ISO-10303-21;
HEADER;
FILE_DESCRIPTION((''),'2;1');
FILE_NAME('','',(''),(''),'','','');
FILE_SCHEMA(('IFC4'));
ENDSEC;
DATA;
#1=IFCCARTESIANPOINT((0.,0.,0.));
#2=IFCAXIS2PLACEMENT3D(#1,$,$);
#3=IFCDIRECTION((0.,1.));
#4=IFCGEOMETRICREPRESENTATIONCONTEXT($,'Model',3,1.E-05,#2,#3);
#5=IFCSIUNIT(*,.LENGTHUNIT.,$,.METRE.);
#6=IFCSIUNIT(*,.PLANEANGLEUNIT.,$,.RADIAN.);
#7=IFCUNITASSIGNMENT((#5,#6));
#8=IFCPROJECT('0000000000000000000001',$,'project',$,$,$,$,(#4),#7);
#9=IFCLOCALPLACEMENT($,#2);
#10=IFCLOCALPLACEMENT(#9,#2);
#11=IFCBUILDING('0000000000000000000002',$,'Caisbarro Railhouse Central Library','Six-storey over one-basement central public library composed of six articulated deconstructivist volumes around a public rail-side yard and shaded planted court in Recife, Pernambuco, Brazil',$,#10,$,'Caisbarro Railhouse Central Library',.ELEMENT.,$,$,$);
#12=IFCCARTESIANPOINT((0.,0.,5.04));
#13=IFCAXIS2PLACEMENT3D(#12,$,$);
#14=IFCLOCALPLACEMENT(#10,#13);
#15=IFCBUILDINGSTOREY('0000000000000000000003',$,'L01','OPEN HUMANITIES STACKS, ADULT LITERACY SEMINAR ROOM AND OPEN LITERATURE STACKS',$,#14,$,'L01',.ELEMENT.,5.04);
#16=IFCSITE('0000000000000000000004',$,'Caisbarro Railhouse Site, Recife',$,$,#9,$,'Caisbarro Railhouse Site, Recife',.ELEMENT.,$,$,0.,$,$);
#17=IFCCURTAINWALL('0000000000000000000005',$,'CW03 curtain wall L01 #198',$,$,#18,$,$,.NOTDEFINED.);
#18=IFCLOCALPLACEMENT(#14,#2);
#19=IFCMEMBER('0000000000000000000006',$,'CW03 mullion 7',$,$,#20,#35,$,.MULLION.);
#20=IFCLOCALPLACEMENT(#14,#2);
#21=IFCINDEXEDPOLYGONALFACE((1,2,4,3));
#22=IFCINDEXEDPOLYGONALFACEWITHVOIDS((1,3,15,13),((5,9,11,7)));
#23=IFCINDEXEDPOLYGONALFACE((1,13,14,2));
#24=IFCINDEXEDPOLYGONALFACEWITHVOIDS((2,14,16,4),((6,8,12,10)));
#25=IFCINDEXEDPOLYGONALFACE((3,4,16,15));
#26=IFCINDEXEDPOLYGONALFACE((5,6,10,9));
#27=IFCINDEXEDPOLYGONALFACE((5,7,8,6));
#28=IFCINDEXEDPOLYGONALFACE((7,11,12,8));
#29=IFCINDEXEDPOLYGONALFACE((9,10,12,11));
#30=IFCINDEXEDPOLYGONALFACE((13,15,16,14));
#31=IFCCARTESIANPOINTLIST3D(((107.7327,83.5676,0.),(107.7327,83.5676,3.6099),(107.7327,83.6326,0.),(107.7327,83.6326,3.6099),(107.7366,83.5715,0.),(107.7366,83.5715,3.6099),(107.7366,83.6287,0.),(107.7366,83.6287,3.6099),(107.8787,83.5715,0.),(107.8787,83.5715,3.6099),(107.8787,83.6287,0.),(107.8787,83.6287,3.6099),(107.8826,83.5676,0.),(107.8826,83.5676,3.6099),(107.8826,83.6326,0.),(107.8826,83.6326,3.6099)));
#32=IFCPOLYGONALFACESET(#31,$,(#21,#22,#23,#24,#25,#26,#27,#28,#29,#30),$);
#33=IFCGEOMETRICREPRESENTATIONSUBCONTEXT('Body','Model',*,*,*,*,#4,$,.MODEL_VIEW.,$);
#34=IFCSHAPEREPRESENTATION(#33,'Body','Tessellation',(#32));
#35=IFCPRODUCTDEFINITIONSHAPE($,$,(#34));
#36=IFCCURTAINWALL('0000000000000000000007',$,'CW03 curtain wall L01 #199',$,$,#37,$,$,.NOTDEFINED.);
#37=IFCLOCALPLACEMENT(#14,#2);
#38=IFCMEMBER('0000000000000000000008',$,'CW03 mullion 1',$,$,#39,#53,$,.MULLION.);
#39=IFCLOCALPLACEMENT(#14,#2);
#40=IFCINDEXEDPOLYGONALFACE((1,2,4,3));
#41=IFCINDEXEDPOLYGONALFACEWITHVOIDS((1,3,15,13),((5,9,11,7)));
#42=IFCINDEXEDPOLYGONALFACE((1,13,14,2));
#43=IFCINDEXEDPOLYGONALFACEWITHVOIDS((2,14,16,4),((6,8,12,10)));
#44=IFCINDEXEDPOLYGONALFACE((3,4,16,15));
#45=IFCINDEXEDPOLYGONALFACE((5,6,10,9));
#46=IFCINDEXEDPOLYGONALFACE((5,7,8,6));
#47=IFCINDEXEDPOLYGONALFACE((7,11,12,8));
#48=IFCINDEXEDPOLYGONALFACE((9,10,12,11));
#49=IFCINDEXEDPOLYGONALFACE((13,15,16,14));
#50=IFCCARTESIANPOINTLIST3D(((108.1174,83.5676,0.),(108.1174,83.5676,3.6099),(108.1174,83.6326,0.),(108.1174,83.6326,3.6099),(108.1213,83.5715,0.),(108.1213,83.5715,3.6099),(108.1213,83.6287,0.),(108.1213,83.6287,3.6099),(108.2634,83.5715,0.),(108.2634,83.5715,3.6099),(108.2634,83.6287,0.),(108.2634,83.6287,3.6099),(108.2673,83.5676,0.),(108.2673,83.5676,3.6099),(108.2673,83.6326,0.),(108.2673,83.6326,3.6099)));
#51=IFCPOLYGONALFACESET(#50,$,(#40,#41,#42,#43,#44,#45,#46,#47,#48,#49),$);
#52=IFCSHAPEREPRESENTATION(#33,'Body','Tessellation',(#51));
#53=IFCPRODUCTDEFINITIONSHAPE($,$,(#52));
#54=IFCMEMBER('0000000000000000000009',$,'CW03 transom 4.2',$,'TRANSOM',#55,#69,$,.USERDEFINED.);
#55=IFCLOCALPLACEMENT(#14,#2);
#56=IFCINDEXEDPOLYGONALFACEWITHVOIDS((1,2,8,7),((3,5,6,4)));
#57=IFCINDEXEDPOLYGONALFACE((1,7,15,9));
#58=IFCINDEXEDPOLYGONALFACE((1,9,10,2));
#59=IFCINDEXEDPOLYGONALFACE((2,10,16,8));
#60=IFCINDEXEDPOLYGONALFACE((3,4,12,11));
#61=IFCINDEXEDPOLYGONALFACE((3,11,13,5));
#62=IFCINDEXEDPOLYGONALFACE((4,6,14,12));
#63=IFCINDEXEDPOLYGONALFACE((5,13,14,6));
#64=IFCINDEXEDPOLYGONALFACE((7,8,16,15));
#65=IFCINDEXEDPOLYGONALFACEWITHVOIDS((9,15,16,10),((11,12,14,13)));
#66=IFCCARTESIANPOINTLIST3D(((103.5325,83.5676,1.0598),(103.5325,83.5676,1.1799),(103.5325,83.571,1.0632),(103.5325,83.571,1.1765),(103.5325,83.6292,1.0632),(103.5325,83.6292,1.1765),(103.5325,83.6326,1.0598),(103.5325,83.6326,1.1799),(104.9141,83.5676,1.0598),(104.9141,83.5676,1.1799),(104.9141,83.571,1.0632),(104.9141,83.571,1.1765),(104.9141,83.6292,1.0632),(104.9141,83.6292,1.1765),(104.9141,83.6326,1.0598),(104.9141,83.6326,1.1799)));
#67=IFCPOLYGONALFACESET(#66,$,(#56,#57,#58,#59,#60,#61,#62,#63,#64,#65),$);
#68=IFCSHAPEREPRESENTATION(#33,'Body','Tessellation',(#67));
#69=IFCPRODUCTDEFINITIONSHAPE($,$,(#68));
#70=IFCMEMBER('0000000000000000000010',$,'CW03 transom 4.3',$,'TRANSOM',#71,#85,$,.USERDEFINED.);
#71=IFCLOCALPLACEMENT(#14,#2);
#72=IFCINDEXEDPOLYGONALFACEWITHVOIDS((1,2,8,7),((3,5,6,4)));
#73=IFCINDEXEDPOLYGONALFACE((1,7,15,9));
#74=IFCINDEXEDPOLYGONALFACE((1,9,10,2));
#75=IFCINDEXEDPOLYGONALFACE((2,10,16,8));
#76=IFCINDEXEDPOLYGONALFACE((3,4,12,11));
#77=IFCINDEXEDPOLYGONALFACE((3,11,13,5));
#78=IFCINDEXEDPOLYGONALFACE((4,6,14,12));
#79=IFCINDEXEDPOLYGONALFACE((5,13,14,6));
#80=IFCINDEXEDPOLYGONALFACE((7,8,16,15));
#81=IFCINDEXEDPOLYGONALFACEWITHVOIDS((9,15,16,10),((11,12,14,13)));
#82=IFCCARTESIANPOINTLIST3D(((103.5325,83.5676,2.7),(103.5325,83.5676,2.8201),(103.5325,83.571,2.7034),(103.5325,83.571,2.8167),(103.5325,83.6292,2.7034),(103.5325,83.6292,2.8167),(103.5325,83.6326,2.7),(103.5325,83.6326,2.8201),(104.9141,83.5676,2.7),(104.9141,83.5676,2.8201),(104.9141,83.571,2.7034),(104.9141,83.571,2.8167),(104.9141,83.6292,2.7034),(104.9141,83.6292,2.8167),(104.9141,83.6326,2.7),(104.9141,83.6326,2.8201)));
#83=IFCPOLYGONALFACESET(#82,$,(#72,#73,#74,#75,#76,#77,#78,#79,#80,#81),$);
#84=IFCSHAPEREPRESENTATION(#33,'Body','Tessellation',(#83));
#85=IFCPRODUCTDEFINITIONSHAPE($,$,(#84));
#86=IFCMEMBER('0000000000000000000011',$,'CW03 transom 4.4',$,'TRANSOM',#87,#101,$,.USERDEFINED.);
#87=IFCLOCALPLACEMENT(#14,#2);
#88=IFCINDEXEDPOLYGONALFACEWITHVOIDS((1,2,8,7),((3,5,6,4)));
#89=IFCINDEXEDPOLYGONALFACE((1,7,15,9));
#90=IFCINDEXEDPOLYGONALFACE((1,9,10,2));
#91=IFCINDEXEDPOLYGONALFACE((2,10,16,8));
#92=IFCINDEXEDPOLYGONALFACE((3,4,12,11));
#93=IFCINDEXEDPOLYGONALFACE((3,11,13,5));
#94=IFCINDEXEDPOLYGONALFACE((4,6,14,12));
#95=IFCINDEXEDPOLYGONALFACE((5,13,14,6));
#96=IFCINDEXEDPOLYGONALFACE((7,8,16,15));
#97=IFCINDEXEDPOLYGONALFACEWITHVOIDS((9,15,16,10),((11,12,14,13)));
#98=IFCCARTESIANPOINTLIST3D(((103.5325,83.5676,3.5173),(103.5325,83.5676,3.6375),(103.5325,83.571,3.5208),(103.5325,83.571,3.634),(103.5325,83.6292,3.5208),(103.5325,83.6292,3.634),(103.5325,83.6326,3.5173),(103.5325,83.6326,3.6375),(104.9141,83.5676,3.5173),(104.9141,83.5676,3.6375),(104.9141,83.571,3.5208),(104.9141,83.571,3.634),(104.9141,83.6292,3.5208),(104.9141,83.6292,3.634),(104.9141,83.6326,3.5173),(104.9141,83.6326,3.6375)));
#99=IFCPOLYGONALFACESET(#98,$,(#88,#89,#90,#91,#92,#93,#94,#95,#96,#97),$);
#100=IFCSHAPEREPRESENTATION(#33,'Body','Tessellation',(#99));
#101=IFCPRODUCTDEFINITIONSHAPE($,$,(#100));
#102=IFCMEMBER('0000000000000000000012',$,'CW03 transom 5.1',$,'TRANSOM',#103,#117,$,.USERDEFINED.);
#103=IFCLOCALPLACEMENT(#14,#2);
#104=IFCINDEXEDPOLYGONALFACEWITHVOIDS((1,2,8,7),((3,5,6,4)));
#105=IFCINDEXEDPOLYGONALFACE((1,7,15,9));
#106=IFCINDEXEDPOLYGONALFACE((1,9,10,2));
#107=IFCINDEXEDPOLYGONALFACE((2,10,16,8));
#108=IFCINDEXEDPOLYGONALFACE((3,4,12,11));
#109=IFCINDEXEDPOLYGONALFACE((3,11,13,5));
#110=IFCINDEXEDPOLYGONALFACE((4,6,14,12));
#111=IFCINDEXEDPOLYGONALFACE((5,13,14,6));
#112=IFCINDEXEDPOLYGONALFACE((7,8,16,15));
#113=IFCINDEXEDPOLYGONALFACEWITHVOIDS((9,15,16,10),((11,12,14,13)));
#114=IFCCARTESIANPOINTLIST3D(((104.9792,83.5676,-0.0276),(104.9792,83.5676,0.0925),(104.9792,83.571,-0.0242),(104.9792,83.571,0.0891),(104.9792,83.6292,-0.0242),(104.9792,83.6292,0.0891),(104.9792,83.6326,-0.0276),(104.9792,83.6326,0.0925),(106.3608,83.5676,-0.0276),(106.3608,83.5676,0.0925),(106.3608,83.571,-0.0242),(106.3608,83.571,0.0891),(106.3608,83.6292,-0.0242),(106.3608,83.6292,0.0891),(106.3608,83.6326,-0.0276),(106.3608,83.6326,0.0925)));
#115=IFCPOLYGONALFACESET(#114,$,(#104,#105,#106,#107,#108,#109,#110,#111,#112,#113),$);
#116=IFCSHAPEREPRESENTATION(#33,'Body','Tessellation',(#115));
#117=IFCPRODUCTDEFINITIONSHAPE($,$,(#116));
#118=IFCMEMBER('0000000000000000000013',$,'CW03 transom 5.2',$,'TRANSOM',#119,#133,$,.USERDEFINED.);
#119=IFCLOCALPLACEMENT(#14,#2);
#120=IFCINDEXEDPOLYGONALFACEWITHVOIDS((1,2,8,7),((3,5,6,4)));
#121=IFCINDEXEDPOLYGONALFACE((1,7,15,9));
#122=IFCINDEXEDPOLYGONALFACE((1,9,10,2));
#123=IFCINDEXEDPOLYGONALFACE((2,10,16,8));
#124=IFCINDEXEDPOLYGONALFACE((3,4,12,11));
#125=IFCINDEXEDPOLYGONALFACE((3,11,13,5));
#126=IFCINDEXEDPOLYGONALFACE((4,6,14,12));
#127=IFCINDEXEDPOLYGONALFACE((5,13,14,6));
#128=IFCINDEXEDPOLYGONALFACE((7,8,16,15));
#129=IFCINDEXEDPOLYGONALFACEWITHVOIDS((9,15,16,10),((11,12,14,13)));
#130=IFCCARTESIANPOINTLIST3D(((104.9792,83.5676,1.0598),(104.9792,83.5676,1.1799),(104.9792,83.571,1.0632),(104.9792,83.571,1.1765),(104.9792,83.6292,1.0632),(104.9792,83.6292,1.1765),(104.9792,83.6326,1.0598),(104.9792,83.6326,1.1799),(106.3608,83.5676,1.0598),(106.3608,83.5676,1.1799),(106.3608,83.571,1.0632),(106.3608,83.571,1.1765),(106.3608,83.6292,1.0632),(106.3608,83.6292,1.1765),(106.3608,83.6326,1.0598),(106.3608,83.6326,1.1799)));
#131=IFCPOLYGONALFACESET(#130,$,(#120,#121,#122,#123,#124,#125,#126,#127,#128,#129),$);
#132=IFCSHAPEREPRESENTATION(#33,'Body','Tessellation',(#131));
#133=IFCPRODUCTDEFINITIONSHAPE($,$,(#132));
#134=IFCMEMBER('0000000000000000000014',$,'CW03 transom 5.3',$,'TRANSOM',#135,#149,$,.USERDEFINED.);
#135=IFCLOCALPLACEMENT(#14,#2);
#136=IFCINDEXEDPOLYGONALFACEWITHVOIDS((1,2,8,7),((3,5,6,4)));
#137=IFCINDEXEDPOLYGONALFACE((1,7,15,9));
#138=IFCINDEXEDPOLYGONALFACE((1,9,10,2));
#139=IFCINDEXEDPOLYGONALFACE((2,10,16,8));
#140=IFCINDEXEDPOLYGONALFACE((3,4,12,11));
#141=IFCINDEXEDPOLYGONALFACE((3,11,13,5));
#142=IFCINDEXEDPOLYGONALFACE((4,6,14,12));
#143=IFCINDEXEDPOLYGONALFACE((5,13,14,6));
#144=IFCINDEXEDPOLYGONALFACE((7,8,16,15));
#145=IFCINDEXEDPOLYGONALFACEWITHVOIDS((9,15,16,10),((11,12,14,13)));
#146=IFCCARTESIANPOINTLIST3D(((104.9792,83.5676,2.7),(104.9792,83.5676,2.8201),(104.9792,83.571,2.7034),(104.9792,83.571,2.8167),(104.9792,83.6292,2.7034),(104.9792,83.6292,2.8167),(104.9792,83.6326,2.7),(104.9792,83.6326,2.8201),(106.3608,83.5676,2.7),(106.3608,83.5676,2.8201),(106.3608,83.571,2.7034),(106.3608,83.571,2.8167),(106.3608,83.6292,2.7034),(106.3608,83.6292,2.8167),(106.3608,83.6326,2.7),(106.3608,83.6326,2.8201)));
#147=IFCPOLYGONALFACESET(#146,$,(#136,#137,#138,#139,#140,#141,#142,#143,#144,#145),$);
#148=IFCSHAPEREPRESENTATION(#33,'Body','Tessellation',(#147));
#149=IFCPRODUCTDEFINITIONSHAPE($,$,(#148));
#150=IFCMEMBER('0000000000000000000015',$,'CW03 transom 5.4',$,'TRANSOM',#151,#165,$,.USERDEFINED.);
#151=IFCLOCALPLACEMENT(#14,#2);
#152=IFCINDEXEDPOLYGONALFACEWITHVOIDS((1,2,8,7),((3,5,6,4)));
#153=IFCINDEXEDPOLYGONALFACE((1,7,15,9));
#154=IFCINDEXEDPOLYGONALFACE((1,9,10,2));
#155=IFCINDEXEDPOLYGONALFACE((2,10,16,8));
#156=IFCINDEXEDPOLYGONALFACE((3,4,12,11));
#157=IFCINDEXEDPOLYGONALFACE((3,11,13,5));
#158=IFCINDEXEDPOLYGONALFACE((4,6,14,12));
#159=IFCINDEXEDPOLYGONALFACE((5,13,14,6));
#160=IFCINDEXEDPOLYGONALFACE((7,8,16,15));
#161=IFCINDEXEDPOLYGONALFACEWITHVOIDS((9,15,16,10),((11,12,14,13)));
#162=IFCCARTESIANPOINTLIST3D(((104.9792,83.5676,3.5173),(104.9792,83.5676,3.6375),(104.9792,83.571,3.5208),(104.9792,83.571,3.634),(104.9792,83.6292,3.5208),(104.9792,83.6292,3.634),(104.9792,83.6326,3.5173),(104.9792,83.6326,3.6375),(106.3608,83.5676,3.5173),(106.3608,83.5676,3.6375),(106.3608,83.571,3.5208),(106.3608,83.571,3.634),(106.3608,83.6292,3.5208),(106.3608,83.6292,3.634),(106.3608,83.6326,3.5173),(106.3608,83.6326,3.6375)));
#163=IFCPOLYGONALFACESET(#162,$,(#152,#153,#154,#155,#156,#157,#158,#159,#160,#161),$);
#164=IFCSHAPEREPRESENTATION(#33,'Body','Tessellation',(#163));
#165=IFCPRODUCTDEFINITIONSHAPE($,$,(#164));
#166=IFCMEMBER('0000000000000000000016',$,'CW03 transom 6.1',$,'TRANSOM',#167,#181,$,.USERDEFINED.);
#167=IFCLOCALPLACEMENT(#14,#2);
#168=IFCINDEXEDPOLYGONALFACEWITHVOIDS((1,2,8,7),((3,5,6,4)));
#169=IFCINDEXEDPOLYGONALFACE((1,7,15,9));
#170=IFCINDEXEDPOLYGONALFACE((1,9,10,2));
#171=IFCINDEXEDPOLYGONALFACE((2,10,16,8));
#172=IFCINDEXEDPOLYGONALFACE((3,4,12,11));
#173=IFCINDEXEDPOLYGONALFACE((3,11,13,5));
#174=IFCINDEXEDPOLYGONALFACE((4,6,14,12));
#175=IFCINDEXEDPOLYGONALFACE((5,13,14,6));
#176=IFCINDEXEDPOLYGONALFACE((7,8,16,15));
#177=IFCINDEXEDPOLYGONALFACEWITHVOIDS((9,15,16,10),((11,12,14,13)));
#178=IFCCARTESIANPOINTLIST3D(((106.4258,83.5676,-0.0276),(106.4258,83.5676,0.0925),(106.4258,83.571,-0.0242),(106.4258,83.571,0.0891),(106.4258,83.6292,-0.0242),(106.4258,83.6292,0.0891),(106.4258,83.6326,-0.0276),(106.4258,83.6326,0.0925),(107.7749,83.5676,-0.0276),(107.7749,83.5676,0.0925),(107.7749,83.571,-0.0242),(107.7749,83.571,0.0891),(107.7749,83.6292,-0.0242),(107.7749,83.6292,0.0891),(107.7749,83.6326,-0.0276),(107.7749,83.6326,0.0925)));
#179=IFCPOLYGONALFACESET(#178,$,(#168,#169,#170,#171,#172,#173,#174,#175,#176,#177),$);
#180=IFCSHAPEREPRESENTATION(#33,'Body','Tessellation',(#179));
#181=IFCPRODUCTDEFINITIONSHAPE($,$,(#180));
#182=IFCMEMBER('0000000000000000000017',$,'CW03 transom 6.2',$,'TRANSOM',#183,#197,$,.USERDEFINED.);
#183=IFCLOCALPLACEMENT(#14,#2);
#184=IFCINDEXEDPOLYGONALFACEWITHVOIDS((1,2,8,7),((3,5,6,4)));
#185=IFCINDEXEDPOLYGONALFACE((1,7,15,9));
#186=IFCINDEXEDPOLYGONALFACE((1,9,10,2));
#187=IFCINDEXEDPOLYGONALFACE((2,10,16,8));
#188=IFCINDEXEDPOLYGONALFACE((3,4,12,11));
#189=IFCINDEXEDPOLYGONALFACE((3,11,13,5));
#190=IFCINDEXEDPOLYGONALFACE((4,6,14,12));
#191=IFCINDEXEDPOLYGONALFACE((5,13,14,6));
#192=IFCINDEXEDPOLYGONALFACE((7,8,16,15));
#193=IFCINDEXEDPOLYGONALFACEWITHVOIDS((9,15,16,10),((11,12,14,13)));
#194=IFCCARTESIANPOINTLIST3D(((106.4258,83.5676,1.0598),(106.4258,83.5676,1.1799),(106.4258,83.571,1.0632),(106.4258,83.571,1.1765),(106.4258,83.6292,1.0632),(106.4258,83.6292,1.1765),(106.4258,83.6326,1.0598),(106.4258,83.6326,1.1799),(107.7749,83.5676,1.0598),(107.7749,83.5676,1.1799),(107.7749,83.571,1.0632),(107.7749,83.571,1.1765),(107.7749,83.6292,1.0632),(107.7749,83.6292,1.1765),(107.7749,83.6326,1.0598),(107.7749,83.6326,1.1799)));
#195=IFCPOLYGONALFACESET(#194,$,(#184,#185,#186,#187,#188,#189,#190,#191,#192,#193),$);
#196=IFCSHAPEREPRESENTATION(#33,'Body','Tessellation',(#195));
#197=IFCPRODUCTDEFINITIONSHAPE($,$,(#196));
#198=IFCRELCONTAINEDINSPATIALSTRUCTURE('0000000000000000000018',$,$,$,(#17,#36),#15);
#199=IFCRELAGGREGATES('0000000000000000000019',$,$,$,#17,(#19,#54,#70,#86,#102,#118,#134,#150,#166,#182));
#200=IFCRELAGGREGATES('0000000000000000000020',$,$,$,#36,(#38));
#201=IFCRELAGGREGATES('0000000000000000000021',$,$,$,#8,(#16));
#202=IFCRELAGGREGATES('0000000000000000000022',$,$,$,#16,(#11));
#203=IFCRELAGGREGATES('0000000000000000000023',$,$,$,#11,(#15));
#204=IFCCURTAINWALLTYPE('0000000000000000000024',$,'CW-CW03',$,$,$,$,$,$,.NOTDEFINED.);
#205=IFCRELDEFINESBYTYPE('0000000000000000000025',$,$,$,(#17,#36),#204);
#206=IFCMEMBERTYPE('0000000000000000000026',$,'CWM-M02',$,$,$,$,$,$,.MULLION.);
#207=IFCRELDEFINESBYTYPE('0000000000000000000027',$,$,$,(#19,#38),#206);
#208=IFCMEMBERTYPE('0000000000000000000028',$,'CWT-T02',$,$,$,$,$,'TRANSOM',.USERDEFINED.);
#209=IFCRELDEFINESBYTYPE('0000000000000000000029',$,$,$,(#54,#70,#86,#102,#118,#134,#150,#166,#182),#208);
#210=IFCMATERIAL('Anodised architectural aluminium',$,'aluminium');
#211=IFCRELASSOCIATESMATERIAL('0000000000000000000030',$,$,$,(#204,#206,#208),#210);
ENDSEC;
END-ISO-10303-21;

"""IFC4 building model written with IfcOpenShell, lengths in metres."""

from ifc_helpers import new_model, si_unit, direction, frame, origin, origin_2d, place, context, subcontext, project, spatial, hollow_rectangle, extrude, material, material_profile, profile_set, type_object, element, aggregate, save


model = new_model("IFC4")

# Units and contexts
model_context = context("Model", 3, precision=1e-05, world=origin(), true_north=direction((0.0, 1.0)))
body_context = subcontext(model_context, "Body", "Model", "MODEL_VIEW")
ifc_project = project(units=[si_unit("LENGTHUNIT", "METRE"), si_unit("PLANEANGLEUNIT", "RADIAN")], contexts=[model_context])

# Site, building, storey
site_placement = place(None, origin())
site = spatial("IfcSite", under=ifc_project, at=site_placement, Name="Caisbarro Railhouse Site, Recife", LongName="Caisbarro Railhouse Site, Recife", CompositionType="ELEMENT", RefElevation=0.0)
building_placement = place(site_placement, origin())
building = spatial("IfcBuilding", under=site, at=building_placement, Name="Caisbarro Railhouse Central Library", Description="Six-storey over one-basement central public library composed of six articulated deconstructivist volumes around a public rail-side yard and shaded planted court in Recife, Pernambuco, Brazil", LongName="Caisbarro Railhouse Central Library", CompositionType="ELEMENT")
storey_placement = place(building_placement, frame((0.0, 0.0, 5.04)))
storey = spatial("IfcBuildingStorey", under=building, at=storey_placement, Name="L01", Description="OPEN HUMANITIES STACKS, ADULT LITERACY SEMINAR ROOM AND OPEN LITERATURE STACKS", LongName="L01", CompositionType="ELEMENT", Elevation=5.04)

# Curtain wall, member
ifc_material_1 = material(Name="Anodised architectural aluminium", Category="aluminium")
curtain_wall_type = type_object("IfcCurtainWallType", Name="CW-CW03", PredefinedType="NOTDEFINED", material=ifc_material_1)
curtain_wall_1_placement = place(storey_placement, origin())
curtain_wall_1 = element("IfcCurtainWall", 1, at=curtain_wall_1_placement, inside=storey, type_object=curtain_wall_type, Name="CW03 curtain wall L01 #198", PredefinedType="NOTDEFINED")
ifc_material_profile_1 = material_profile(ifc_material_1, hollow_rectangle(XDim=0.0649, YDim=0.1499, WallThickness=0.0039, at=origin_2d()), Name="ALU-MUL-65X150")
ifc_profile_set_1 = profile_set([ifc_material_profile_1], Name="Anodised architectural aluminium")
member_type_1 = type_object("IfcMemberType", Name="CWM-M02", PredefinedType="MULLION", material=ifc_profile_set_1)
member_1_placement = place(storey_placement, frame((107.8076, 83.6001, 0.0), z_axis=(0.0, 0.0, 1.0), x_axis=(0.0, 1.0, 0.0)))
member_1 = element("IfcMember", 2, at=member_1_placement, type_object=member_type_1, Name="CW03 mullion 7", PredefinedType="MULLION", context=body_context, shape_type="SweptSolid", body=[
    extrude(hollow_rectangle(XDim=0.0649, YDim=0.1499, WallThickness=0.0039, at=origin_2d()), origin(), (0.0, 0.0, 1.0), 3.6099),
])

# Curtain wall, member
curtain_wall_2_placement = place(storey_placement, origin())
curtain_wall_2 = element("IfcCurtainWall", 3, at=curtain_wall_2_placement, inside=storey, type_object=curtain_wall_type, Name="CW03 curtain wall L01 #199", PredefinedType="NOTDEFINED")
member_2_placement = place(storey_placement, frame((108.1924, 83.6001, 0.0), z_axis=(0.0, 0.0, 1.0), x_axis=(0.0, 1.0, 0.0)))
member_2 = element("IfcMember", 4, at=member_2_placement, type_object=member_type_1, Name="CW03 mullion 1", PredefinedType="MULLION", context=body_context, shape_type="SweptSolid", body=[
    extrude(hollow_rectangle(XDim=0.0649, YDim=0.1499, WallThickness=0.0039, at=origin_2d()), origin(), (0.0, 0.0, 1.0), 3.6099),
])

# Members
ifc_material_profile_2 = material_profile(ifc_material_1, hollow_rectangle(XDim=0.0649, YDim=0.1201, WallThickness=0.0034, at=origin_2d()), Name="ALU-TRN-65X120")
ifc_profile_set_2 = profile_set([ifc_material_profile_2], Name="Anodised architectural aluminium")
member_type_2 = type_object("IfcMemberType", Name="CWT-T02", ElementType="TRANSOM", PredefinedType="USERDEFINED", material=ifc_profile_set_2)
member_3_placement = place(storey_placement, frame((103.5325, 83.6001, 1.1199), z_axis=(1.0, 0.0, 0.0), x_axis=(0.0, 1.0, 0.0)))
member_3 = element("IfcMember", 5, at=member_3_placement, type_object=member_type_2, Name="CW03 transom 4.2", ObjectType="TRANSOM", PredefinedType="USERDEFINED", context=body_context, shape_type="SweptSolid", body=[
    extrude(hollow_rectangle(XDim=0.0649, YDim=0.1201, WallThickness=0.0034, at=origin_2d()), origin(), (0.0, 0.0, 1.0), 1.3816),
])
member_4_placement = place(storey_placement, frame((103.5325, 83.6001, 2.76), z_axis=(1.0, 0.0, 0.0), x_axis=(0.0, 1.0, 0.0)))
member_4 = element("IfcMember", 6, at=member_4_placement, type_object=member_type_2, Name="CW03 transom 4.3", ObjectType="TRANSOM", PredefinedType="USERDEFINED", context=body_context, shape_type="SweptSolid", body=[
    extrude(hollow_rectangle(XDim=0.0649, YDim=0.1201, WallThickness=0.0034, at=origin_2d()), origin(), (0.0, 0.0, 1.0), 1.3816),
])
member_5_placement = place(storey_placement, frame((103.5325, 83.6001, 3.5774), z_axis=(1.0, 0.0, 0.0), x_axis=(0.0, 1.0, 0.0)))
member_5 = element("IfcMember", 7, at=member_5_placement, type_object=member_type_2, Name="CW03 transom 4.4", ObjectType="TRANSOM", PredefinedType="USERDEFINED", context=body_context, shape_type="SweptSolid", body=[
    extrude(hollow_rectangle(XDim=0.0649, YDim=0.1201, WallThickness=0.0034, at=origin_2d()), origin(), (0.0, 0.0, 1.0), 1.3816),
])
member_6_placement = place(storey_placement, frame((104.9792, 83.6001, 0.0325), z_axis=(1.0, 0.0, 0.0), x_axis=(0.0, 1.0, 0.0)))
member_6 = element("IfcMember", 8, at=member_6_placement, type_object=member_type_2, Name="CW03 transom 5.1", ObjectType="TRANSOM", PredefinedType="USERDEFINED", context=body_context, shape_type="SweptSolid", body=[
    extrude(hollow_rectangle(XDim=0.0649, YDim=0.1201, WallThickness=0.0034, at=origin_2d()), origin(), (0.0, 0.0, 1.0), 1.3816),
])
member_7_placement = place(storey_placement, frame((104.9792, 83.6001, 1.1199), z_axis=(1.0, 0.0, 0.0), x_axis=(0.0, 1.0, 0.0)))
member_7 = element("IfcMember", 9, at=member_7_placement, type_object=member_type_2, Name="CW03 transom 5.2", ObjectType="TRANSOM", PredefinedType="USERDEFINED", context=body_context, shape_type="SweptSolid", body=[
    extrude(hollow_rectangle(XDim=0.0649, YDim=0.1201, WallThickness=0.0034, at=origin_2d()), origin(), (0.0, 0.0, 1.0), 1.3816),
])
member_8_placement = place(storey_placement, frame((104.9792, 83.6001, 2.76), z_axis=(1.0, 0.0, 0.0), x_axis=(0.0, 1.0, 0.0)))
member_8 = element("IfcMember", 10, at=member_8_placement, type_object=member_type_2, Name="CW03 transom 5.3", ObjectType="TRANSOM", PredefinedType="USERDEFINED", context=body_context, shape_type="SweptSolid", body=[
    extrude(hollow_rectangle(XDim=0.0649, YDim=0.1201, WallThickness=0.0034, at=origin_2d()), origin(), (0.0, 0.0, 1.0), 1.3816),
])
member_9_placement = place(storey_placement, frame((104.9792, 83.6001, 3.5774), z_axis=(1.0, 0.0, 0.0), x_axis=(0.0, 1.0, 0.0)))
member_9 = element("IfcMember", 11, at=member_9_placement, type_object=member_type_2, Name="CW03 transom 5.4", ObjectType="TRANSOM", PredefinedType="USERDEFINED", context=body_context, shape_type="SweptSolid", body=[
    extrude(hollow_rectangle(XDim=0.0649, YDim=0.1201, WallThickness=0.0034, at=origin_2d()), origin(), (0.0, 0.0, 1.0), 1.3816),
])
member_10_placement = place(storey_placement, frame((106.4258, 83.6001, 0.0325), z_axis=(1.0, 0.0, 0.0), x_axis=(0.0, 1.0, 0.0)))
member_10 = element("IfcMember", 12, at=member_10_placement, type_object=member_type_2, Name="CW03 transom 6.1", ObjectType="TRANSOM", PredefinedType="USERDEFINED", context=body_context, shape_type="SweptSolid", body=[
    extrude(hollow_rectangle(XDim=0.0649, YDim=0.1201, WallThickness=0.0034, at=origin_2d()), origin(), (0.0, 0.0, 1.0), 1.3491),
])
member_11_placement = place(storey_placement, frame((106.4258, 83.6001, 1.1199), z_axis=(1.0, 0.0, 0.0), x_axis=(0.0, 1.0, 0.0)))
member_11 = element("IfcMember", 13, at=member_11_placement, type_object=member_type_2, Name="CW03 transom 6.2", ObjectType="TRANSOM", PredefinedType="USERDEFINED", context=body_context, shape_type="SweptSolid", body=[
    extrude(hollow_rectangle(XDim=0.0649, YDim=0.1201, WallThickness=0.0034, at=origin_2d()), origin(), (0.0, 0.0, 1.0), 1.3491),
])

aggregate(curtain_wall_1, [member_1, member_3, member_4, member_5, member_6, member_7, member_8, member_9, member_10, member_11])
aggregate(curtain_wall_2, [member_2])

save(model, "model.ifc")
